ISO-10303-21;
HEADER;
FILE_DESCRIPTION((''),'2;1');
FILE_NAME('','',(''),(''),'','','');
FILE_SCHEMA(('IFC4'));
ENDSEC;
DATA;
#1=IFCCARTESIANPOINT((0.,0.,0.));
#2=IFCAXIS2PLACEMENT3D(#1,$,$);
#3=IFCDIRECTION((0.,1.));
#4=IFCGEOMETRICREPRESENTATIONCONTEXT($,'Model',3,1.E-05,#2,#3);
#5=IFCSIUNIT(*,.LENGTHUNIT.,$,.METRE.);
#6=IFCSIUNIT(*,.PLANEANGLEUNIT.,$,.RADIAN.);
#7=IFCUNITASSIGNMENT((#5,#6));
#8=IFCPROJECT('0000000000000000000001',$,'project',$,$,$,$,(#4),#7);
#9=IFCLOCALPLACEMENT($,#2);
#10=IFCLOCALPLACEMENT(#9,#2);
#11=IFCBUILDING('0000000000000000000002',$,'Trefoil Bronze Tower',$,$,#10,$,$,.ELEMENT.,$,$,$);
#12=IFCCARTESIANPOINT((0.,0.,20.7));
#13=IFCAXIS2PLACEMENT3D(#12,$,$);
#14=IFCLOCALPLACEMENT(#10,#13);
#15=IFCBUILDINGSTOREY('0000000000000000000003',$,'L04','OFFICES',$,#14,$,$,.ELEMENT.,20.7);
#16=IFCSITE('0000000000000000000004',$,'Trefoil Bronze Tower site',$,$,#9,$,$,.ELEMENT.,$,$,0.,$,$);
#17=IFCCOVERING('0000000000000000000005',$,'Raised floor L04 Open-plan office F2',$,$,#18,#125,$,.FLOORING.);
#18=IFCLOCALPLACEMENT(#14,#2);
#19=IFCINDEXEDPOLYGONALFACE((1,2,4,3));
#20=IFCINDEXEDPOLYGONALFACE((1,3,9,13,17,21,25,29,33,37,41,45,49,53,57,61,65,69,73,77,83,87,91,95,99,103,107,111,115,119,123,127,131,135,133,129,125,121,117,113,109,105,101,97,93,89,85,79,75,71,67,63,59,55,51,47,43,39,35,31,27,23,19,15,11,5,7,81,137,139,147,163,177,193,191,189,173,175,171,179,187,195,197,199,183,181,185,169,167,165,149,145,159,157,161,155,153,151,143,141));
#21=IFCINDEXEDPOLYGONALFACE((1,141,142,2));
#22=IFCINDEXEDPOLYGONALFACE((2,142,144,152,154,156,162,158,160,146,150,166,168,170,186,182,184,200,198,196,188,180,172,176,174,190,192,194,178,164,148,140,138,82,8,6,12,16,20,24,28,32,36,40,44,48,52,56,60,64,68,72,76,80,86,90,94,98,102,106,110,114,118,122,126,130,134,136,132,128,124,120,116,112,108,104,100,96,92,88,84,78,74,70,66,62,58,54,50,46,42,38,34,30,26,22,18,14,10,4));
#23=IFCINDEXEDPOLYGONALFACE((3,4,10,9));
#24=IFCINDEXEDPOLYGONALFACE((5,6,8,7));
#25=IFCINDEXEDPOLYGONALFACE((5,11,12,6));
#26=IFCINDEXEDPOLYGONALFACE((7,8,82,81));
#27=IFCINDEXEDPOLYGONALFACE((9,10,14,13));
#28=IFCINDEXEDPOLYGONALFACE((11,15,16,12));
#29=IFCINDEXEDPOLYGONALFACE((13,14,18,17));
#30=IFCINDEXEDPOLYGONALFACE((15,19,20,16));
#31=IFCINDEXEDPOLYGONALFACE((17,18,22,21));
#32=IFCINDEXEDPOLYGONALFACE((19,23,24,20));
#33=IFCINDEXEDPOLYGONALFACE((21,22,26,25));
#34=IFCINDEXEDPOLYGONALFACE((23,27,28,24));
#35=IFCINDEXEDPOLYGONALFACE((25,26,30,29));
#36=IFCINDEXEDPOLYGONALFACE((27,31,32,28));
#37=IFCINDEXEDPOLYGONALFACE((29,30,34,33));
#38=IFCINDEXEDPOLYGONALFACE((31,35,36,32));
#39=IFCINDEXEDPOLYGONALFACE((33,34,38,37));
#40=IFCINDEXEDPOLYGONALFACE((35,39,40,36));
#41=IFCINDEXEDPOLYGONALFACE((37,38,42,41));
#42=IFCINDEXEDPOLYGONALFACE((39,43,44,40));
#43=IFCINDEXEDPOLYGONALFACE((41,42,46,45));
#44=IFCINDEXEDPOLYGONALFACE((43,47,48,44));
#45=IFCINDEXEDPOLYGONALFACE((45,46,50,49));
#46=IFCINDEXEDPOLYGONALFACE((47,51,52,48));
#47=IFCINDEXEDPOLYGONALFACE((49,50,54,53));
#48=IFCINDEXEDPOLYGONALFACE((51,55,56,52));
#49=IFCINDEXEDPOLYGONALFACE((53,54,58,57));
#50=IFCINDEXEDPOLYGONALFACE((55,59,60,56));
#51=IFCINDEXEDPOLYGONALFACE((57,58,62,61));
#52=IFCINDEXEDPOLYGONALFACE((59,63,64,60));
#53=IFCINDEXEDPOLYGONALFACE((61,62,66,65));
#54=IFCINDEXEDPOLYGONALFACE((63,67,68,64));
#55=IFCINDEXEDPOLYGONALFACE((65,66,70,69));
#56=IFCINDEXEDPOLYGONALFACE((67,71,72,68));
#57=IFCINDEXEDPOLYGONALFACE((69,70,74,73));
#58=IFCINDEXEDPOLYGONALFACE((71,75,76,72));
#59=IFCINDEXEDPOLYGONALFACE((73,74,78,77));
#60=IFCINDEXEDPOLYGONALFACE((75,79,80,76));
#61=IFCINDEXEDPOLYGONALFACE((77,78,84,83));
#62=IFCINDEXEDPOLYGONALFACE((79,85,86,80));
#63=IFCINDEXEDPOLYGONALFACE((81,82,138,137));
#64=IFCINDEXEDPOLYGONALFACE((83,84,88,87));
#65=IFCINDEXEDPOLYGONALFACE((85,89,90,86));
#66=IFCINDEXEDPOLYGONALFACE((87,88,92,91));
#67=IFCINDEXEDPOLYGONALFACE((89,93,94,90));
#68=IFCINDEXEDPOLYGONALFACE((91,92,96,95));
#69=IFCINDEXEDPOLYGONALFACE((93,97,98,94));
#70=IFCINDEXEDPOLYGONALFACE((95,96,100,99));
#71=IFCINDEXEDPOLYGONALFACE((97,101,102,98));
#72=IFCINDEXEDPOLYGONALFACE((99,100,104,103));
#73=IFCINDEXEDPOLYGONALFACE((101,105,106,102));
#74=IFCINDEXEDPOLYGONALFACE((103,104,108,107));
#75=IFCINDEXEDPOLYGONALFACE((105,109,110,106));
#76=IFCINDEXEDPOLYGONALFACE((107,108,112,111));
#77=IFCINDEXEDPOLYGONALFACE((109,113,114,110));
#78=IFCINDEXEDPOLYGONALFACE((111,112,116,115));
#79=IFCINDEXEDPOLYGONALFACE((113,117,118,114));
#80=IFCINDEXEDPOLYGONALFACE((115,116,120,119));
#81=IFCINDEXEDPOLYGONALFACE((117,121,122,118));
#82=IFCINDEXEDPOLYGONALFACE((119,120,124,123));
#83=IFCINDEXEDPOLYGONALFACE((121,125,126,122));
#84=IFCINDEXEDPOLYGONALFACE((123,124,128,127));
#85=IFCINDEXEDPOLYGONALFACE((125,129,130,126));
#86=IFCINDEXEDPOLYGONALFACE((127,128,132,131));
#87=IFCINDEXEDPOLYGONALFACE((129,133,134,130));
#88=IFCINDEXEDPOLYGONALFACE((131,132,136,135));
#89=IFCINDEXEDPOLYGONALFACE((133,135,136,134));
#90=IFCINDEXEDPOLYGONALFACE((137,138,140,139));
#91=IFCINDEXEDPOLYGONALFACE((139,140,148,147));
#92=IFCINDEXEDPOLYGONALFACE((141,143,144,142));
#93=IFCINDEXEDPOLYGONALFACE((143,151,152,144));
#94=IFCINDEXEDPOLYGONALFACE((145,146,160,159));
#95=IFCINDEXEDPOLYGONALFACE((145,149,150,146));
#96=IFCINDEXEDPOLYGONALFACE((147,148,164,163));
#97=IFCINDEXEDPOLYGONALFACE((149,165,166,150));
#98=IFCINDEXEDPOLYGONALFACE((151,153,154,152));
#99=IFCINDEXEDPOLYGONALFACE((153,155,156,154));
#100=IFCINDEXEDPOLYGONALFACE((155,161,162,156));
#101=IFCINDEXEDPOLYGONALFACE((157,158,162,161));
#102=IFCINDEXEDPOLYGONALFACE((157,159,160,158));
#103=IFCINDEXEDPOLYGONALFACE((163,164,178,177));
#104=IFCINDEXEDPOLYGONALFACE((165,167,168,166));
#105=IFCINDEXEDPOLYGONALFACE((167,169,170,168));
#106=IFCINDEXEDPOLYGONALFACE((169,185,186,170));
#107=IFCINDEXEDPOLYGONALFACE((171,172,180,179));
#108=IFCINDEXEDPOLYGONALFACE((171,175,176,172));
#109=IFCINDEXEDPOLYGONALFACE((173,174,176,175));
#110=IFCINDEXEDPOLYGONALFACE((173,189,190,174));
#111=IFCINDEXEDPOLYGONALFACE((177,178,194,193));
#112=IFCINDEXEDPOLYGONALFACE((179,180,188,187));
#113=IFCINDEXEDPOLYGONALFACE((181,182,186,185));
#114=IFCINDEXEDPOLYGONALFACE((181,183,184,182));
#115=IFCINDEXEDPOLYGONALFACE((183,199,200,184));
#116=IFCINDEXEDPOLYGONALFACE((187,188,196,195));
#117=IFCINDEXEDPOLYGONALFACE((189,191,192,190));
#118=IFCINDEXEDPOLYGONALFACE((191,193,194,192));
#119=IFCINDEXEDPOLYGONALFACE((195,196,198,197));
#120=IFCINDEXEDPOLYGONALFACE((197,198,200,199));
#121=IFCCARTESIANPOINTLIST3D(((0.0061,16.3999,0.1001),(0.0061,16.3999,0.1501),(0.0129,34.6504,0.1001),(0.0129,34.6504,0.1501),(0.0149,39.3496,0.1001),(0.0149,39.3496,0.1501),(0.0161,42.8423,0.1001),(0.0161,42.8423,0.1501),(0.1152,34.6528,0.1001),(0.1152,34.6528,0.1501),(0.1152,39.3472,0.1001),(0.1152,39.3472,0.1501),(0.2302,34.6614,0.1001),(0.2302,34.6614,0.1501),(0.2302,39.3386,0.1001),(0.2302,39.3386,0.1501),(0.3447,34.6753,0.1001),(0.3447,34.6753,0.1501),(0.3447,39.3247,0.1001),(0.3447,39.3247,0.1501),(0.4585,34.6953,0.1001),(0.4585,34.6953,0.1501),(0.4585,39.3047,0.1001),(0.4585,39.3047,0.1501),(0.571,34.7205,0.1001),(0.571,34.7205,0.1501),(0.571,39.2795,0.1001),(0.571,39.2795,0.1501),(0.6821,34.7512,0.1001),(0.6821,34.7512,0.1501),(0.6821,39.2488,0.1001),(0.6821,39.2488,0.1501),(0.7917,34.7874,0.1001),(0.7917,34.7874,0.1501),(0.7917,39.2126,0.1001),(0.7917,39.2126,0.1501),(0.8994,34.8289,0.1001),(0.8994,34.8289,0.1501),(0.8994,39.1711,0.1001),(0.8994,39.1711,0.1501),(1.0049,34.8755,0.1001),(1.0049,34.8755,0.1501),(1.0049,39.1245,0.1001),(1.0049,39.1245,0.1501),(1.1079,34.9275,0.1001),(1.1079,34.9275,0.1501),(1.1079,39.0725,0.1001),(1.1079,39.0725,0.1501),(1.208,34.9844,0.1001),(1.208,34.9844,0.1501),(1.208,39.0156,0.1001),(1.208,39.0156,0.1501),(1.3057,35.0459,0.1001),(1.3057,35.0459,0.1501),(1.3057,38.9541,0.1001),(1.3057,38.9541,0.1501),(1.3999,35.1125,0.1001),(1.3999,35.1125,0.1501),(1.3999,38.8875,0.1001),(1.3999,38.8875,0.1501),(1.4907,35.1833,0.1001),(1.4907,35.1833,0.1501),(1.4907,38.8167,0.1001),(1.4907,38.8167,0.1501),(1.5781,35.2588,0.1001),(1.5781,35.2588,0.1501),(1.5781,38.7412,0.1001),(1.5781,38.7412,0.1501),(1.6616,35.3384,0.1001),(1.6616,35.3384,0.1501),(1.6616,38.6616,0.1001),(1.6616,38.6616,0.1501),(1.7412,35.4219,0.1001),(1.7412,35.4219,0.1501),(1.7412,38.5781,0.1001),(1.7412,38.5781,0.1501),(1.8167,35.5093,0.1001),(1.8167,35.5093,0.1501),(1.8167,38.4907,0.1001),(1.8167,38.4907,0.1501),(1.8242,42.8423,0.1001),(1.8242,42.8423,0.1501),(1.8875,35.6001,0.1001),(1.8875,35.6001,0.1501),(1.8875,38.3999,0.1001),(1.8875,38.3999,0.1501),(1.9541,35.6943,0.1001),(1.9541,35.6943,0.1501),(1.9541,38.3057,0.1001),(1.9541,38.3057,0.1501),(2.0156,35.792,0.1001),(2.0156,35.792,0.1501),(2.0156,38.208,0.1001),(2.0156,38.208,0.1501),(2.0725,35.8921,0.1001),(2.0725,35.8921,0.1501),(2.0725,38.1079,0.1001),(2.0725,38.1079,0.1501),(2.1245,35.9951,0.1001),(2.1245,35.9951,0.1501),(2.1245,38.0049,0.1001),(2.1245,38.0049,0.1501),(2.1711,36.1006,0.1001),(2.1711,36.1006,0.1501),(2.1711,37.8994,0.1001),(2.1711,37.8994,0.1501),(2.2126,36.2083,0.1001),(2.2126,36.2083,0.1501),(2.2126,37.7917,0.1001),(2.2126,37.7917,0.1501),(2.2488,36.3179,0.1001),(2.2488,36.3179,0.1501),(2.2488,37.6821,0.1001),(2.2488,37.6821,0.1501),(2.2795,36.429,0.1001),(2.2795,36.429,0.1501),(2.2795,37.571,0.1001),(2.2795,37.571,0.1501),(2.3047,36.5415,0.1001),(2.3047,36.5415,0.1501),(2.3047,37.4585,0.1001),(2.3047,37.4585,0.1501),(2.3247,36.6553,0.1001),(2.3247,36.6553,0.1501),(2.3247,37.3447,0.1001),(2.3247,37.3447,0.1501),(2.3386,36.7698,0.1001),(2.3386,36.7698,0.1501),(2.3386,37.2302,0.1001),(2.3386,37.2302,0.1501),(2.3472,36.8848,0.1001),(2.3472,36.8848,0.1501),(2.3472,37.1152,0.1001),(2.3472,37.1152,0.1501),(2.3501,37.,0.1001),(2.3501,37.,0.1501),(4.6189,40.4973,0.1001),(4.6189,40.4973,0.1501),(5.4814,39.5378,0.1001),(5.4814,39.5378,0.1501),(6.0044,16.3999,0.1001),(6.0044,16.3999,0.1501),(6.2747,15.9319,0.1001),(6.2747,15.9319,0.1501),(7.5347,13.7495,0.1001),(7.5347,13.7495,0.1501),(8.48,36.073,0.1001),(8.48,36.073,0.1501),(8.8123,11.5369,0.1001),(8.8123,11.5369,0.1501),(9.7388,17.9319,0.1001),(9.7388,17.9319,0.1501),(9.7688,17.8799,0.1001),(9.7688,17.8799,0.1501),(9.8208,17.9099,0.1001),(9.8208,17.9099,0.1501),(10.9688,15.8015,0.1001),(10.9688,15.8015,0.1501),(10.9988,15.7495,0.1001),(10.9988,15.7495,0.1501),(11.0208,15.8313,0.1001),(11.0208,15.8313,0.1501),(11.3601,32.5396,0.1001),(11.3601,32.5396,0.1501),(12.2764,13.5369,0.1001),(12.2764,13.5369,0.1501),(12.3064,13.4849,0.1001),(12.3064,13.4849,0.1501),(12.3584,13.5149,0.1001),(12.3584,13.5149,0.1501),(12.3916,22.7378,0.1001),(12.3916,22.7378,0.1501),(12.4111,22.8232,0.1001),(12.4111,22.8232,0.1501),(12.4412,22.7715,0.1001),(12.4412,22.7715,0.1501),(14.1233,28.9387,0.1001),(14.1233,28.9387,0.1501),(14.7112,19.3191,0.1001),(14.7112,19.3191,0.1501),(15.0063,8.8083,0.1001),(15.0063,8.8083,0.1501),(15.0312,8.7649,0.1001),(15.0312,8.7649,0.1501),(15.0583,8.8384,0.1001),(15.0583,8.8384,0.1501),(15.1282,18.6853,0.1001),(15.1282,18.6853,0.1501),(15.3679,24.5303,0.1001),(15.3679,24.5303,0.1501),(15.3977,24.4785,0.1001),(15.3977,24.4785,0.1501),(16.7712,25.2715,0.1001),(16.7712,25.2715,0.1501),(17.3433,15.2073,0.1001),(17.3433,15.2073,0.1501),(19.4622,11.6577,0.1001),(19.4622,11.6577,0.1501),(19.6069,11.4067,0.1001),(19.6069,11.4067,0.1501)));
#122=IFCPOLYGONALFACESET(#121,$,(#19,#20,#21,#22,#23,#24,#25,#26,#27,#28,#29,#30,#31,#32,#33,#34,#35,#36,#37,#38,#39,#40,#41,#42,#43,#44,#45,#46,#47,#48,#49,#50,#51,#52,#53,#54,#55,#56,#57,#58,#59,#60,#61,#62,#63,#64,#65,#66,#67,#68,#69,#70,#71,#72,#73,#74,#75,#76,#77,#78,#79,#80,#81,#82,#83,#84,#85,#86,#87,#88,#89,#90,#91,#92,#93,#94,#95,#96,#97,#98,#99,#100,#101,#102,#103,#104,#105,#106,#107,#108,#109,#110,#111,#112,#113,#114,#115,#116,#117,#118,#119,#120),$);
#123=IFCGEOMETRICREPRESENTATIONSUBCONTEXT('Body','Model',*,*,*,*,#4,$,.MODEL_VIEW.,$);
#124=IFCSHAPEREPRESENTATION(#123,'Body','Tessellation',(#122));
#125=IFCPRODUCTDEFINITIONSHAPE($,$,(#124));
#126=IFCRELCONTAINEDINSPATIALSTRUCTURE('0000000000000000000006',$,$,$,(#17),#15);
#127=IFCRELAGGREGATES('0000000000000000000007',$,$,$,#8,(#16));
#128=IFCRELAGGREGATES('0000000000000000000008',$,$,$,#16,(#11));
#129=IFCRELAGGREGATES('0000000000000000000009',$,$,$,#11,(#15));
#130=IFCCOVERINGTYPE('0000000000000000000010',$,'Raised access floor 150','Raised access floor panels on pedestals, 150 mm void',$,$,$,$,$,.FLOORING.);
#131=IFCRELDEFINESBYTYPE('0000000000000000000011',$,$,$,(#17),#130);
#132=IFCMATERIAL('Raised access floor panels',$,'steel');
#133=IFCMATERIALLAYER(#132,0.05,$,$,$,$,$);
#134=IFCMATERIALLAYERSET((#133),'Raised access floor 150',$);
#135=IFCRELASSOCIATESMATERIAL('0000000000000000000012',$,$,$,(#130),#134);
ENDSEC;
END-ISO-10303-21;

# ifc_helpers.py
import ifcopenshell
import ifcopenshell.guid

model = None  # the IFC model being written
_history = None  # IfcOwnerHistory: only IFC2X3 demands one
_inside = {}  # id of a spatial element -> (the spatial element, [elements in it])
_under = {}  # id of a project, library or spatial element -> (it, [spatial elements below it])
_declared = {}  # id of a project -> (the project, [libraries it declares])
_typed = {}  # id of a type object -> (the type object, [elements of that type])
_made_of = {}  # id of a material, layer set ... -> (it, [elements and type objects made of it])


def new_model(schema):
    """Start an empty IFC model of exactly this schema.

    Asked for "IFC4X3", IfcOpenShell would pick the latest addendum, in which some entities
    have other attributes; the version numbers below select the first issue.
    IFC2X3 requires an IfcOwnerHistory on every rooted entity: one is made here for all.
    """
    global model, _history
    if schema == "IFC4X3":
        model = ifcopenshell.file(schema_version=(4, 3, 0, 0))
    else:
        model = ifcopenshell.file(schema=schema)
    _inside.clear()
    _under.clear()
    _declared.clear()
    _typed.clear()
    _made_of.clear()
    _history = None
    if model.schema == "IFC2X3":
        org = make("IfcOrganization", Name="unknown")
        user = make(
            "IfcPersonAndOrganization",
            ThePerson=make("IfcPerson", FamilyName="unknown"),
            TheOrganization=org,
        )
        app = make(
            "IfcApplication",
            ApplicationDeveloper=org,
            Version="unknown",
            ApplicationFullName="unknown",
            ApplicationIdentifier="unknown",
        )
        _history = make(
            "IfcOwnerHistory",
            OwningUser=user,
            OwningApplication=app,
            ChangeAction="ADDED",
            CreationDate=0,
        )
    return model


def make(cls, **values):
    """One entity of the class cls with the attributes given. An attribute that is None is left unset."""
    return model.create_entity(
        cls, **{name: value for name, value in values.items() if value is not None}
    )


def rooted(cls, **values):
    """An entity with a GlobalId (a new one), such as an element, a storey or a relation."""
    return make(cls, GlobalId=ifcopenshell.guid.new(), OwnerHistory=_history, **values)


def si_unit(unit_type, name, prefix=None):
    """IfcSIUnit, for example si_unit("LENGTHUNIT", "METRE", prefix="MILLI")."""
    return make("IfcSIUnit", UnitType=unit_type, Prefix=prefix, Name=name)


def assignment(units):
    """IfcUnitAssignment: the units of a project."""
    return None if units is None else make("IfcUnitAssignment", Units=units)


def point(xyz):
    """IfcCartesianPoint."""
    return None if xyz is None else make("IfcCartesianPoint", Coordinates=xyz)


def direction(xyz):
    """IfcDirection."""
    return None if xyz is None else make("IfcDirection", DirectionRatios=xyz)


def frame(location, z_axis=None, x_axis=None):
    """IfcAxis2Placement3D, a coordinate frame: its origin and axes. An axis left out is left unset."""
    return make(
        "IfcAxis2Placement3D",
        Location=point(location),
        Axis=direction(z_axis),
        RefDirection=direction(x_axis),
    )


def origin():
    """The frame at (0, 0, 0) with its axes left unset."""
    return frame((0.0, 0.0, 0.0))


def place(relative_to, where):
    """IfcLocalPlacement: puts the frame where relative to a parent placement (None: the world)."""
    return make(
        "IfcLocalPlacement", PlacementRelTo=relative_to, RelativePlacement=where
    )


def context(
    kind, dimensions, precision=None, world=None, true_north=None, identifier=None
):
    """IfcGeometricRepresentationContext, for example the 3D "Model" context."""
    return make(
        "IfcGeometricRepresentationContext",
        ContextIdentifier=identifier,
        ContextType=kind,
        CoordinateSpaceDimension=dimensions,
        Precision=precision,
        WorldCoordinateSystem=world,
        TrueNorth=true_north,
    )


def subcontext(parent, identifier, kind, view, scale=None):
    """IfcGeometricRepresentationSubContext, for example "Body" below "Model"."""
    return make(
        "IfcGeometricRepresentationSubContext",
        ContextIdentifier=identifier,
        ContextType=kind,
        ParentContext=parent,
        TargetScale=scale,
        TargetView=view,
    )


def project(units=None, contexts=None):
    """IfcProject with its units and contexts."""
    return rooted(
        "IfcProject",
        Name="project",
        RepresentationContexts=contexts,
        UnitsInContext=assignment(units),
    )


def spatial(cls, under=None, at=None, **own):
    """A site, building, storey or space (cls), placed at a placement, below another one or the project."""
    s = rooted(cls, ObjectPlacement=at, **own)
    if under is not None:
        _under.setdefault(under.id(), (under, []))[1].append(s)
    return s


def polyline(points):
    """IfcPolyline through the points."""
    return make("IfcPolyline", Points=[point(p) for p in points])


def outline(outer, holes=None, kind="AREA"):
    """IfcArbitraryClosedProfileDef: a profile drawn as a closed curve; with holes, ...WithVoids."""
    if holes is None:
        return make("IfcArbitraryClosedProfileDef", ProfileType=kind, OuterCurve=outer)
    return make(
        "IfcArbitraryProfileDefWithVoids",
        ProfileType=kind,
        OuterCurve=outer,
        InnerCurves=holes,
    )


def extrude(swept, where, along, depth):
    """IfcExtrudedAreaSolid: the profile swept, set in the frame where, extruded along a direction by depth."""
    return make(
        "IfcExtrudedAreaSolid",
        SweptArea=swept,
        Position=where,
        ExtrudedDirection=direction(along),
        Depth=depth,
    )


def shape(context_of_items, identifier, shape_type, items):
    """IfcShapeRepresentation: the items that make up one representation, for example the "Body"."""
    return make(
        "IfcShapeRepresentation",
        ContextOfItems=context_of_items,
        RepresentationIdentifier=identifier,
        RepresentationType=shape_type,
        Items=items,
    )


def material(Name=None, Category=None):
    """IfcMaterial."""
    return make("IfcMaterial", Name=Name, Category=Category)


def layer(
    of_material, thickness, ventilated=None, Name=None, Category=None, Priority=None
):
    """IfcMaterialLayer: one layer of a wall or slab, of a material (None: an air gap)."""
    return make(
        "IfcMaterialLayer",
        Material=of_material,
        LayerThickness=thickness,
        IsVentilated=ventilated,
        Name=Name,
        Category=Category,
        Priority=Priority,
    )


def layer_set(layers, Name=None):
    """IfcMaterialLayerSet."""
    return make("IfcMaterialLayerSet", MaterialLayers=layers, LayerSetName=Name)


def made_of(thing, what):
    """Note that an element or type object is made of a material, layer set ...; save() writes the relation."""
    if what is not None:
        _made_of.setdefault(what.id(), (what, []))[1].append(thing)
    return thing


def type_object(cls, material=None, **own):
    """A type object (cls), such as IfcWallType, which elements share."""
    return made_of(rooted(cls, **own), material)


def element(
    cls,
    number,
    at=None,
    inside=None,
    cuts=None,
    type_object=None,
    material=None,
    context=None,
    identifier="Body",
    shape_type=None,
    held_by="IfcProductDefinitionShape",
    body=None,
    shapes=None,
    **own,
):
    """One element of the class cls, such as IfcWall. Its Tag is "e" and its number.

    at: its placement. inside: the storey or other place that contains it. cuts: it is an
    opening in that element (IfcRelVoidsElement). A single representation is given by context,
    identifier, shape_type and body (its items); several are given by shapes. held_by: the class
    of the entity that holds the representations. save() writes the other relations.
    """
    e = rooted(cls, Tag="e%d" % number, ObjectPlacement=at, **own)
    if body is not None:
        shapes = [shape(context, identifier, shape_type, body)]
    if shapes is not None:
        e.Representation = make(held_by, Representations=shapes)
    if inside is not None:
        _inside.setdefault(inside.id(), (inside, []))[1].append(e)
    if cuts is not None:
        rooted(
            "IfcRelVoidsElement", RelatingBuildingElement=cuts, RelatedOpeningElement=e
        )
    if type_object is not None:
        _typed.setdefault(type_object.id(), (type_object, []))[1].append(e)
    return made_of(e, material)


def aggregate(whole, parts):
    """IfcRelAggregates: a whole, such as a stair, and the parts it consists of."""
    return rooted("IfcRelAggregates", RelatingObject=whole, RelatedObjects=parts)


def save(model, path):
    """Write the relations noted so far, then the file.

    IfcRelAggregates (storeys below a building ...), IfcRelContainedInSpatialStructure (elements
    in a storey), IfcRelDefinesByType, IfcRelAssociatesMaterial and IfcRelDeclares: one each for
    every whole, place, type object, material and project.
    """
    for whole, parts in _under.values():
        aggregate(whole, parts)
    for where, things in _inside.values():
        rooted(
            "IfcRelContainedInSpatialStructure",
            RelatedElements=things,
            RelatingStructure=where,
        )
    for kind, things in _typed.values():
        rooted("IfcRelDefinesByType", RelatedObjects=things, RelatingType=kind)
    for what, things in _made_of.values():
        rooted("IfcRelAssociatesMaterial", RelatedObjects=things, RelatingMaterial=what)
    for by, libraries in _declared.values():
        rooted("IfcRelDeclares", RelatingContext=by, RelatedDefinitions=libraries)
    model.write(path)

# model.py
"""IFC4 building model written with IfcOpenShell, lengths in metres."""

from ifc_helpers import new_model, si_unit, direction, frame, origin, place, context, subcontext, project, spatial, polyline, outline, extrude, material, layer, layer_set, type_object, element, save


model = new_model("IFC4")

# Units and contexts
model_context = context("Model", 3, precision=1e-05, world=origin(), true_north=direction((0.0, 1.0)))
body_context = subcontext(model_context, "Body", "Model", "MODEL_VIEW")
ifc_project = project(units=[si_unit("LENGTHUNIT", "METRE"), si_unit("PLANEANGLEUNIT", "RADIAN")], contexts=[model_context])

# Site, building, storey
site_placement = place(None, origin())
site = spatial("IfcSite", under=ifc_project, at=site_placement, Name="Trefoil Bronze Tower site", CompositionType="ELEMENT", RefElevation=0.0)
building_placement = place(site_placement, origin())
building = spatial("IfcBuilding", under=site, at=building_placement, Name="Trefoil Bronze Tower", CompositionType="ELEMENT")
storey_placement = place(building_placement, frame((0.0, 0.0, 20.7)))
storey = spatial("IfcBuildingStorey", under=building, at=storey_placement, Name="L04", Description="OFFICES", CompositionType="ELEMENT", Elevation=20.7)

# Covering
ifc_material_1 = material(Name="Raised access floor panels", Category="steel")
ifc_layer_1 = layer(ifc_material_1, 0.05)
ifc_layer_set_1 = layer_set([ifc_layer_1], Name="Raised access floor 150")
covering_type_1 = type_object("IfcCoveringType", Name="Raised access floor 150", Description="Raised access floor panels on pedestals, 150 mm void", PredefinedType="FLOORING", material=ifc_layer_set_1)
covering_1_placement = place(storey_placement, frame((0.0, 0.0, 0.1001)))
element("IfcCovering", 1, at=covering_1_placement, inside=storey, type_object=covering_type_1, Name="Raised floor L04 Open-plan office F2", PredefinedType="FLOORING", context=body_context, shape_type="SweptSolid", body=[
    extrude(outline(polyline([(8.48, 36.073), (11.3601, 32.5396), (14.1233, 28.9387), (16.7712, 25.2715), (15.3977, 24.4785), (15.3679, 24.5303), (12.4111, 22.8232), (12.4412, 22.7715), (12.3916, 22.7378), (14.7112, 19.3191), (15.1282, 18.6853), (17.3433, 15.2073), (19.4622, 11.6577), (19.6069, 11.4067), (15.0312, 8.7649), (15.0063, 8.8083), (15.0583, 8.8384), (12.3584, 13.5149), (12.3064, 13.4849), (12.2764, 13.5369), (8.8123, 11.5369), (7.5347, 13.7495), (10.9988, 15.7495), (10.9688, 15.8015), (11.0208, 15.8313), (9.8208, 17.9099), (9.7688, 17.8799), (9.7388, 17.9319), (6.2747, 15.9319), (6.0044, 16.3999), (0.0061, 16.3999), (0.0129, 34.6504), (0.1152, 34.6528), (0.2302, 34.6614), (0.3447, 34.6753), (0.4585, 34.6953), (0.571, 34.7205), (0.6821, 34.7512), (0.7917, 34.7874), (0.8994, 34.8289), (1.0049, 34.8755), (1.1079, 34.9275), (1.208, 34.9844), (1.3057, 35.0459), (1.3999, 35.1125), (1.4907, 35.1833), (1.5781, 35.2588), (1.6616, 35.3384), (1.7412, 35.4219), (1.8167, 35.5093), (1.8875, 35.6001), (1.9541, 35.6943), (2.0156, 35.792), (2.0725, 35.8921), (2.1245, 35.9951), (2.1711, 36.1006), (2.2126, 36.2083), (2.2488, 36.3179), (2.2795, 36.429), (2.3047, 36.5415), (2.3247, 36.6553), (2.3386, 36.7698), (2.3472, 36.8848), (2.3501, 37.0), (2.3472, 37.1152), (2.3386, 37.2302), (2.3247, 37.3447), (2.3047, 37.4585), (2.2795, 37.571), (2.2488, 37.6821), (2.2126, 37.7917), (2.1711, 37.8994), (2.1245, 38.0049), (2.0725, 38.1079), (2.0156, 38.208), (1.9541, 38.3057), (1.8875, 38.3999), (1.8167, 38.4907), (1.7412, 38.5781), (1.6616, 38.6616), (1.5781, 38.7412), (1.4907, 38.8167), (1.3999, 38.8875), (1.3057, 38.9541), (1.208, 39.0156), (1.1079, 39.0725), (1.0049, 39.1245), (0.8994, 39.1711), (0.7917, 39.2126), (0.6821, 39.2488), (0.571, 39.2795), (0.4585, 39.3047), (0.3447, 39.3247), (0.2302, 39.3386), (0.1152, 39.3472), (0.0149, 39.3496), (0.0161, 42.8423), (1.8242, 42.8423), (4.6189, 40.4973), (5.4814, 39.5378), (8.48, 36.073)])), origin(), (0.0, 0.0, 1.0), 0.05),
])

save(model, "model.ifc")
